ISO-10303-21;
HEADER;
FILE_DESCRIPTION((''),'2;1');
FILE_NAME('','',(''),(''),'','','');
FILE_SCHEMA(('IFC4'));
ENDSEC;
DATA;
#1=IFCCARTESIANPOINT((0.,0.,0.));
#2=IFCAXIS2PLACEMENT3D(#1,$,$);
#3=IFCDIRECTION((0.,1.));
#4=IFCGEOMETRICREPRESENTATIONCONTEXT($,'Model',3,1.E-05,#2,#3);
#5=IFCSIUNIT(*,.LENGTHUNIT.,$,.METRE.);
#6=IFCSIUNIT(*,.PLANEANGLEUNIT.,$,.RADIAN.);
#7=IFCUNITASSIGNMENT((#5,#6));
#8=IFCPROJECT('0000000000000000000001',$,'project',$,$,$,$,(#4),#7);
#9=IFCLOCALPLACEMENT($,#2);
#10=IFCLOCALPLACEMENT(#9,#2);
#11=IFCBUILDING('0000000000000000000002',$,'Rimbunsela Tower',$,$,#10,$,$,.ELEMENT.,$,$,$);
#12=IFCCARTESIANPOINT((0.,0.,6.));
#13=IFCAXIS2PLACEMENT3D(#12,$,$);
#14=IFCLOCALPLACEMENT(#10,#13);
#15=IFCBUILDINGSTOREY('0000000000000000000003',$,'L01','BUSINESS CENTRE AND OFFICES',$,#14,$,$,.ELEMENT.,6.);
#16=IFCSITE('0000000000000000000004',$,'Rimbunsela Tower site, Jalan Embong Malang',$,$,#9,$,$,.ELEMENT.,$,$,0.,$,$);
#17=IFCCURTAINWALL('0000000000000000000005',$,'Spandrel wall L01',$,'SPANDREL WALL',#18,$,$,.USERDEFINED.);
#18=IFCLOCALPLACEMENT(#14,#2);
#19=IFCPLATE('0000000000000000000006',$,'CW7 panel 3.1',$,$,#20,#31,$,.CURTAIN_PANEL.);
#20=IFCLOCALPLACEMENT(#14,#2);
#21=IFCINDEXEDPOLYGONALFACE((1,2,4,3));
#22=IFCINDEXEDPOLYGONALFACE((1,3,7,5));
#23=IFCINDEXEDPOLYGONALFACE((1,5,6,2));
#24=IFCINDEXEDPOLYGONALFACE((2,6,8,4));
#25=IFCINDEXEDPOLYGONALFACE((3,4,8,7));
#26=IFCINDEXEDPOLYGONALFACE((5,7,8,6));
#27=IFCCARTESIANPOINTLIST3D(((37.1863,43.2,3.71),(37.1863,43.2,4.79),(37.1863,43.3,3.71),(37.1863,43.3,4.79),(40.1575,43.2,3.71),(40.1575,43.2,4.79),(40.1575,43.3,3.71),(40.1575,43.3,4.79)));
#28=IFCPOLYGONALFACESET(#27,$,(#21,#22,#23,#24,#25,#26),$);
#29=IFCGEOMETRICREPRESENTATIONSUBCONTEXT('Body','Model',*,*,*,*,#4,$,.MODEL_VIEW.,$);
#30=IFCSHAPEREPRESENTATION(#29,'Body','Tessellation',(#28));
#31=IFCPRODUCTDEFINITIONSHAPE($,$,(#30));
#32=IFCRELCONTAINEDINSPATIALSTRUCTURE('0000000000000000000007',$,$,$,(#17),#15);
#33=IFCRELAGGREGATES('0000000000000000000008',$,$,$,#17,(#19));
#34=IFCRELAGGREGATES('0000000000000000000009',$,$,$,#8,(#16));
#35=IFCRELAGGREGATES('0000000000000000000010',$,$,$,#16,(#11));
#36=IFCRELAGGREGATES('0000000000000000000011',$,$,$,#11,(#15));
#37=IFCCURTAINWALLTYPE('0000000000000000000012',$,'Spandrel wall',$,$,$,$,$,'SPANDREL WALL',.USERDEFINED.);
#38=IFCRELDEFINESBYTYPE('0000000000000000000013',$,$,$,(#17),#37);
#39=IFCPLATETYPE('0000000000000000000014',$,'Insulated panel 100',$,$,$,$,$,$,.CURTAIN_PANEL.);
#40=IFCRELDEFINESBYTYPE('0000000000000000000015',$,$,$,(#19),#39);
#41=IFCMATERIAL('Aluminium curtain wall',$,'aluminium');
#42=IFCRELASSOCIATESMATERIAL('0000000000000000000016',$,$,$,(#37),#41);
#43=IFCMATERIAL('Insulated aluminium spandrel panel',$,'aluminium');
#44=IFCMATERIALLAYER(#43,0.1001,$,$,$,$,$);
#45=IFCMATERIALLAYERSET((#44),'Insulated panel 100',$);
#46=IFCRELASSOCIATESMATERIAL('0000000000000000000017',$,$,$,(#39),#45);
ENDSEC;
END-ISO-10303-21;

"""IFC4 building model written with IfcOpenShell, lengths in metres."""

from ifc_helpers import new_model, si_unit, direction, frame, origin, origin_2d, place, context, subcontext, project, spatial, rectangle, extrude, material, layer, layer_set, type_object, element, aggregate, save


model = new_model("IFC4")

# Units and contexts
model_context = context("Model", 3, precision=1e-05, world=origin(), true_north=direction((0.0, 1.0)))
body_context = subcontext(model_context, "Body", "Model", "MODEL_VIEW")
ifc_project = project(units=[si_unit("LENGTHUNIT", "METRE"), si_unit("PLANEANGLEUNIT", "RADIAN")], contexts=[model_context])

# Site, building, storey
site_placement = place(None, origin())
site = spatial("IfcSite", under=ifc_project, at=site_placement, Name="Rimbunsela Tower site, Jalan Embong Malang", CompositionType="ELEMENT", RefElevation=0.0)
building_placement = place(site_placement, origin())
building = spatial("IfcBuilding", under=site, at=building_placement, Name="Rimbunsela Tower", CompositionType="ELEMENT")
storey_placement = place(building_placement, frame((0.0, 0.0, 6.0)))
storey = spatial("IfcBuildingStorey", under=building, at=storey_placement, Name="L01", Description="BUSINESS CENTRE AND OFFICES", CompositionType="ELEMENT", Elevation=6.0)

# Curtain wall
ifc_material_1 = material(Name="Aluminium curtain wall", Category="aluminium")
curtain_wall_type_1 = type_object("IfcCurtainWallType", Name="Spandrel wall", ElementType="SPANDREL WALL", PredefinedType="USERDEFINED", material=ifc_material_1)
curtain_wall_1_placement = place(storey_placement, origin())
curtain_wall_1 = element("IfcCurtainWall", 1, at=curtain_wall_1_placement, inside=storey, type_object=curtain_wall_type_1, Name="Spandrel wall L01", ObjectType="SPANDREL WALL", PredefinedType="USERDEFINED")

# Plate
ifc_material_2 = material(Name="Insulated aluminium spandrel panel", Category="aluminium")
ifc_layer_1 = layer(ifc_material_2, 0.1001)
ifc_layer_set_1 = layer_set([ifc_layer_1], Name="Insulated panel 100")
plate_type_1 = type_object("IfcPlateType", Name="Insulated panel 100", PredefinedType="CURTAIN_PANEL", material=ifc_layer_set_1)
plate_1_placement = place(storey_placement, frame((38.6719, 43.25, 3.71), z_axis=(0.0, 0.0, 1.0), x_axis=(-1.0, 0.0, 0.0)))
plate_1 = element("IfcPlate", 2, at=plate_1_placement, type_object=plate_type_1, Name="CW7 panel 3.1", PredefinedType="CURTAIN_PANEL", context=body_context, shape_type="SweptSolid", body=[
    extrude(rectangle(XDim=2.9712, YDim=0.1001, at=origin_2d()), origin(), (0.0, 0.0, 1.0), 1.0801),
])
aggregate(curtain_wall_1, [plate_1])

save(model, "model.ifc")
